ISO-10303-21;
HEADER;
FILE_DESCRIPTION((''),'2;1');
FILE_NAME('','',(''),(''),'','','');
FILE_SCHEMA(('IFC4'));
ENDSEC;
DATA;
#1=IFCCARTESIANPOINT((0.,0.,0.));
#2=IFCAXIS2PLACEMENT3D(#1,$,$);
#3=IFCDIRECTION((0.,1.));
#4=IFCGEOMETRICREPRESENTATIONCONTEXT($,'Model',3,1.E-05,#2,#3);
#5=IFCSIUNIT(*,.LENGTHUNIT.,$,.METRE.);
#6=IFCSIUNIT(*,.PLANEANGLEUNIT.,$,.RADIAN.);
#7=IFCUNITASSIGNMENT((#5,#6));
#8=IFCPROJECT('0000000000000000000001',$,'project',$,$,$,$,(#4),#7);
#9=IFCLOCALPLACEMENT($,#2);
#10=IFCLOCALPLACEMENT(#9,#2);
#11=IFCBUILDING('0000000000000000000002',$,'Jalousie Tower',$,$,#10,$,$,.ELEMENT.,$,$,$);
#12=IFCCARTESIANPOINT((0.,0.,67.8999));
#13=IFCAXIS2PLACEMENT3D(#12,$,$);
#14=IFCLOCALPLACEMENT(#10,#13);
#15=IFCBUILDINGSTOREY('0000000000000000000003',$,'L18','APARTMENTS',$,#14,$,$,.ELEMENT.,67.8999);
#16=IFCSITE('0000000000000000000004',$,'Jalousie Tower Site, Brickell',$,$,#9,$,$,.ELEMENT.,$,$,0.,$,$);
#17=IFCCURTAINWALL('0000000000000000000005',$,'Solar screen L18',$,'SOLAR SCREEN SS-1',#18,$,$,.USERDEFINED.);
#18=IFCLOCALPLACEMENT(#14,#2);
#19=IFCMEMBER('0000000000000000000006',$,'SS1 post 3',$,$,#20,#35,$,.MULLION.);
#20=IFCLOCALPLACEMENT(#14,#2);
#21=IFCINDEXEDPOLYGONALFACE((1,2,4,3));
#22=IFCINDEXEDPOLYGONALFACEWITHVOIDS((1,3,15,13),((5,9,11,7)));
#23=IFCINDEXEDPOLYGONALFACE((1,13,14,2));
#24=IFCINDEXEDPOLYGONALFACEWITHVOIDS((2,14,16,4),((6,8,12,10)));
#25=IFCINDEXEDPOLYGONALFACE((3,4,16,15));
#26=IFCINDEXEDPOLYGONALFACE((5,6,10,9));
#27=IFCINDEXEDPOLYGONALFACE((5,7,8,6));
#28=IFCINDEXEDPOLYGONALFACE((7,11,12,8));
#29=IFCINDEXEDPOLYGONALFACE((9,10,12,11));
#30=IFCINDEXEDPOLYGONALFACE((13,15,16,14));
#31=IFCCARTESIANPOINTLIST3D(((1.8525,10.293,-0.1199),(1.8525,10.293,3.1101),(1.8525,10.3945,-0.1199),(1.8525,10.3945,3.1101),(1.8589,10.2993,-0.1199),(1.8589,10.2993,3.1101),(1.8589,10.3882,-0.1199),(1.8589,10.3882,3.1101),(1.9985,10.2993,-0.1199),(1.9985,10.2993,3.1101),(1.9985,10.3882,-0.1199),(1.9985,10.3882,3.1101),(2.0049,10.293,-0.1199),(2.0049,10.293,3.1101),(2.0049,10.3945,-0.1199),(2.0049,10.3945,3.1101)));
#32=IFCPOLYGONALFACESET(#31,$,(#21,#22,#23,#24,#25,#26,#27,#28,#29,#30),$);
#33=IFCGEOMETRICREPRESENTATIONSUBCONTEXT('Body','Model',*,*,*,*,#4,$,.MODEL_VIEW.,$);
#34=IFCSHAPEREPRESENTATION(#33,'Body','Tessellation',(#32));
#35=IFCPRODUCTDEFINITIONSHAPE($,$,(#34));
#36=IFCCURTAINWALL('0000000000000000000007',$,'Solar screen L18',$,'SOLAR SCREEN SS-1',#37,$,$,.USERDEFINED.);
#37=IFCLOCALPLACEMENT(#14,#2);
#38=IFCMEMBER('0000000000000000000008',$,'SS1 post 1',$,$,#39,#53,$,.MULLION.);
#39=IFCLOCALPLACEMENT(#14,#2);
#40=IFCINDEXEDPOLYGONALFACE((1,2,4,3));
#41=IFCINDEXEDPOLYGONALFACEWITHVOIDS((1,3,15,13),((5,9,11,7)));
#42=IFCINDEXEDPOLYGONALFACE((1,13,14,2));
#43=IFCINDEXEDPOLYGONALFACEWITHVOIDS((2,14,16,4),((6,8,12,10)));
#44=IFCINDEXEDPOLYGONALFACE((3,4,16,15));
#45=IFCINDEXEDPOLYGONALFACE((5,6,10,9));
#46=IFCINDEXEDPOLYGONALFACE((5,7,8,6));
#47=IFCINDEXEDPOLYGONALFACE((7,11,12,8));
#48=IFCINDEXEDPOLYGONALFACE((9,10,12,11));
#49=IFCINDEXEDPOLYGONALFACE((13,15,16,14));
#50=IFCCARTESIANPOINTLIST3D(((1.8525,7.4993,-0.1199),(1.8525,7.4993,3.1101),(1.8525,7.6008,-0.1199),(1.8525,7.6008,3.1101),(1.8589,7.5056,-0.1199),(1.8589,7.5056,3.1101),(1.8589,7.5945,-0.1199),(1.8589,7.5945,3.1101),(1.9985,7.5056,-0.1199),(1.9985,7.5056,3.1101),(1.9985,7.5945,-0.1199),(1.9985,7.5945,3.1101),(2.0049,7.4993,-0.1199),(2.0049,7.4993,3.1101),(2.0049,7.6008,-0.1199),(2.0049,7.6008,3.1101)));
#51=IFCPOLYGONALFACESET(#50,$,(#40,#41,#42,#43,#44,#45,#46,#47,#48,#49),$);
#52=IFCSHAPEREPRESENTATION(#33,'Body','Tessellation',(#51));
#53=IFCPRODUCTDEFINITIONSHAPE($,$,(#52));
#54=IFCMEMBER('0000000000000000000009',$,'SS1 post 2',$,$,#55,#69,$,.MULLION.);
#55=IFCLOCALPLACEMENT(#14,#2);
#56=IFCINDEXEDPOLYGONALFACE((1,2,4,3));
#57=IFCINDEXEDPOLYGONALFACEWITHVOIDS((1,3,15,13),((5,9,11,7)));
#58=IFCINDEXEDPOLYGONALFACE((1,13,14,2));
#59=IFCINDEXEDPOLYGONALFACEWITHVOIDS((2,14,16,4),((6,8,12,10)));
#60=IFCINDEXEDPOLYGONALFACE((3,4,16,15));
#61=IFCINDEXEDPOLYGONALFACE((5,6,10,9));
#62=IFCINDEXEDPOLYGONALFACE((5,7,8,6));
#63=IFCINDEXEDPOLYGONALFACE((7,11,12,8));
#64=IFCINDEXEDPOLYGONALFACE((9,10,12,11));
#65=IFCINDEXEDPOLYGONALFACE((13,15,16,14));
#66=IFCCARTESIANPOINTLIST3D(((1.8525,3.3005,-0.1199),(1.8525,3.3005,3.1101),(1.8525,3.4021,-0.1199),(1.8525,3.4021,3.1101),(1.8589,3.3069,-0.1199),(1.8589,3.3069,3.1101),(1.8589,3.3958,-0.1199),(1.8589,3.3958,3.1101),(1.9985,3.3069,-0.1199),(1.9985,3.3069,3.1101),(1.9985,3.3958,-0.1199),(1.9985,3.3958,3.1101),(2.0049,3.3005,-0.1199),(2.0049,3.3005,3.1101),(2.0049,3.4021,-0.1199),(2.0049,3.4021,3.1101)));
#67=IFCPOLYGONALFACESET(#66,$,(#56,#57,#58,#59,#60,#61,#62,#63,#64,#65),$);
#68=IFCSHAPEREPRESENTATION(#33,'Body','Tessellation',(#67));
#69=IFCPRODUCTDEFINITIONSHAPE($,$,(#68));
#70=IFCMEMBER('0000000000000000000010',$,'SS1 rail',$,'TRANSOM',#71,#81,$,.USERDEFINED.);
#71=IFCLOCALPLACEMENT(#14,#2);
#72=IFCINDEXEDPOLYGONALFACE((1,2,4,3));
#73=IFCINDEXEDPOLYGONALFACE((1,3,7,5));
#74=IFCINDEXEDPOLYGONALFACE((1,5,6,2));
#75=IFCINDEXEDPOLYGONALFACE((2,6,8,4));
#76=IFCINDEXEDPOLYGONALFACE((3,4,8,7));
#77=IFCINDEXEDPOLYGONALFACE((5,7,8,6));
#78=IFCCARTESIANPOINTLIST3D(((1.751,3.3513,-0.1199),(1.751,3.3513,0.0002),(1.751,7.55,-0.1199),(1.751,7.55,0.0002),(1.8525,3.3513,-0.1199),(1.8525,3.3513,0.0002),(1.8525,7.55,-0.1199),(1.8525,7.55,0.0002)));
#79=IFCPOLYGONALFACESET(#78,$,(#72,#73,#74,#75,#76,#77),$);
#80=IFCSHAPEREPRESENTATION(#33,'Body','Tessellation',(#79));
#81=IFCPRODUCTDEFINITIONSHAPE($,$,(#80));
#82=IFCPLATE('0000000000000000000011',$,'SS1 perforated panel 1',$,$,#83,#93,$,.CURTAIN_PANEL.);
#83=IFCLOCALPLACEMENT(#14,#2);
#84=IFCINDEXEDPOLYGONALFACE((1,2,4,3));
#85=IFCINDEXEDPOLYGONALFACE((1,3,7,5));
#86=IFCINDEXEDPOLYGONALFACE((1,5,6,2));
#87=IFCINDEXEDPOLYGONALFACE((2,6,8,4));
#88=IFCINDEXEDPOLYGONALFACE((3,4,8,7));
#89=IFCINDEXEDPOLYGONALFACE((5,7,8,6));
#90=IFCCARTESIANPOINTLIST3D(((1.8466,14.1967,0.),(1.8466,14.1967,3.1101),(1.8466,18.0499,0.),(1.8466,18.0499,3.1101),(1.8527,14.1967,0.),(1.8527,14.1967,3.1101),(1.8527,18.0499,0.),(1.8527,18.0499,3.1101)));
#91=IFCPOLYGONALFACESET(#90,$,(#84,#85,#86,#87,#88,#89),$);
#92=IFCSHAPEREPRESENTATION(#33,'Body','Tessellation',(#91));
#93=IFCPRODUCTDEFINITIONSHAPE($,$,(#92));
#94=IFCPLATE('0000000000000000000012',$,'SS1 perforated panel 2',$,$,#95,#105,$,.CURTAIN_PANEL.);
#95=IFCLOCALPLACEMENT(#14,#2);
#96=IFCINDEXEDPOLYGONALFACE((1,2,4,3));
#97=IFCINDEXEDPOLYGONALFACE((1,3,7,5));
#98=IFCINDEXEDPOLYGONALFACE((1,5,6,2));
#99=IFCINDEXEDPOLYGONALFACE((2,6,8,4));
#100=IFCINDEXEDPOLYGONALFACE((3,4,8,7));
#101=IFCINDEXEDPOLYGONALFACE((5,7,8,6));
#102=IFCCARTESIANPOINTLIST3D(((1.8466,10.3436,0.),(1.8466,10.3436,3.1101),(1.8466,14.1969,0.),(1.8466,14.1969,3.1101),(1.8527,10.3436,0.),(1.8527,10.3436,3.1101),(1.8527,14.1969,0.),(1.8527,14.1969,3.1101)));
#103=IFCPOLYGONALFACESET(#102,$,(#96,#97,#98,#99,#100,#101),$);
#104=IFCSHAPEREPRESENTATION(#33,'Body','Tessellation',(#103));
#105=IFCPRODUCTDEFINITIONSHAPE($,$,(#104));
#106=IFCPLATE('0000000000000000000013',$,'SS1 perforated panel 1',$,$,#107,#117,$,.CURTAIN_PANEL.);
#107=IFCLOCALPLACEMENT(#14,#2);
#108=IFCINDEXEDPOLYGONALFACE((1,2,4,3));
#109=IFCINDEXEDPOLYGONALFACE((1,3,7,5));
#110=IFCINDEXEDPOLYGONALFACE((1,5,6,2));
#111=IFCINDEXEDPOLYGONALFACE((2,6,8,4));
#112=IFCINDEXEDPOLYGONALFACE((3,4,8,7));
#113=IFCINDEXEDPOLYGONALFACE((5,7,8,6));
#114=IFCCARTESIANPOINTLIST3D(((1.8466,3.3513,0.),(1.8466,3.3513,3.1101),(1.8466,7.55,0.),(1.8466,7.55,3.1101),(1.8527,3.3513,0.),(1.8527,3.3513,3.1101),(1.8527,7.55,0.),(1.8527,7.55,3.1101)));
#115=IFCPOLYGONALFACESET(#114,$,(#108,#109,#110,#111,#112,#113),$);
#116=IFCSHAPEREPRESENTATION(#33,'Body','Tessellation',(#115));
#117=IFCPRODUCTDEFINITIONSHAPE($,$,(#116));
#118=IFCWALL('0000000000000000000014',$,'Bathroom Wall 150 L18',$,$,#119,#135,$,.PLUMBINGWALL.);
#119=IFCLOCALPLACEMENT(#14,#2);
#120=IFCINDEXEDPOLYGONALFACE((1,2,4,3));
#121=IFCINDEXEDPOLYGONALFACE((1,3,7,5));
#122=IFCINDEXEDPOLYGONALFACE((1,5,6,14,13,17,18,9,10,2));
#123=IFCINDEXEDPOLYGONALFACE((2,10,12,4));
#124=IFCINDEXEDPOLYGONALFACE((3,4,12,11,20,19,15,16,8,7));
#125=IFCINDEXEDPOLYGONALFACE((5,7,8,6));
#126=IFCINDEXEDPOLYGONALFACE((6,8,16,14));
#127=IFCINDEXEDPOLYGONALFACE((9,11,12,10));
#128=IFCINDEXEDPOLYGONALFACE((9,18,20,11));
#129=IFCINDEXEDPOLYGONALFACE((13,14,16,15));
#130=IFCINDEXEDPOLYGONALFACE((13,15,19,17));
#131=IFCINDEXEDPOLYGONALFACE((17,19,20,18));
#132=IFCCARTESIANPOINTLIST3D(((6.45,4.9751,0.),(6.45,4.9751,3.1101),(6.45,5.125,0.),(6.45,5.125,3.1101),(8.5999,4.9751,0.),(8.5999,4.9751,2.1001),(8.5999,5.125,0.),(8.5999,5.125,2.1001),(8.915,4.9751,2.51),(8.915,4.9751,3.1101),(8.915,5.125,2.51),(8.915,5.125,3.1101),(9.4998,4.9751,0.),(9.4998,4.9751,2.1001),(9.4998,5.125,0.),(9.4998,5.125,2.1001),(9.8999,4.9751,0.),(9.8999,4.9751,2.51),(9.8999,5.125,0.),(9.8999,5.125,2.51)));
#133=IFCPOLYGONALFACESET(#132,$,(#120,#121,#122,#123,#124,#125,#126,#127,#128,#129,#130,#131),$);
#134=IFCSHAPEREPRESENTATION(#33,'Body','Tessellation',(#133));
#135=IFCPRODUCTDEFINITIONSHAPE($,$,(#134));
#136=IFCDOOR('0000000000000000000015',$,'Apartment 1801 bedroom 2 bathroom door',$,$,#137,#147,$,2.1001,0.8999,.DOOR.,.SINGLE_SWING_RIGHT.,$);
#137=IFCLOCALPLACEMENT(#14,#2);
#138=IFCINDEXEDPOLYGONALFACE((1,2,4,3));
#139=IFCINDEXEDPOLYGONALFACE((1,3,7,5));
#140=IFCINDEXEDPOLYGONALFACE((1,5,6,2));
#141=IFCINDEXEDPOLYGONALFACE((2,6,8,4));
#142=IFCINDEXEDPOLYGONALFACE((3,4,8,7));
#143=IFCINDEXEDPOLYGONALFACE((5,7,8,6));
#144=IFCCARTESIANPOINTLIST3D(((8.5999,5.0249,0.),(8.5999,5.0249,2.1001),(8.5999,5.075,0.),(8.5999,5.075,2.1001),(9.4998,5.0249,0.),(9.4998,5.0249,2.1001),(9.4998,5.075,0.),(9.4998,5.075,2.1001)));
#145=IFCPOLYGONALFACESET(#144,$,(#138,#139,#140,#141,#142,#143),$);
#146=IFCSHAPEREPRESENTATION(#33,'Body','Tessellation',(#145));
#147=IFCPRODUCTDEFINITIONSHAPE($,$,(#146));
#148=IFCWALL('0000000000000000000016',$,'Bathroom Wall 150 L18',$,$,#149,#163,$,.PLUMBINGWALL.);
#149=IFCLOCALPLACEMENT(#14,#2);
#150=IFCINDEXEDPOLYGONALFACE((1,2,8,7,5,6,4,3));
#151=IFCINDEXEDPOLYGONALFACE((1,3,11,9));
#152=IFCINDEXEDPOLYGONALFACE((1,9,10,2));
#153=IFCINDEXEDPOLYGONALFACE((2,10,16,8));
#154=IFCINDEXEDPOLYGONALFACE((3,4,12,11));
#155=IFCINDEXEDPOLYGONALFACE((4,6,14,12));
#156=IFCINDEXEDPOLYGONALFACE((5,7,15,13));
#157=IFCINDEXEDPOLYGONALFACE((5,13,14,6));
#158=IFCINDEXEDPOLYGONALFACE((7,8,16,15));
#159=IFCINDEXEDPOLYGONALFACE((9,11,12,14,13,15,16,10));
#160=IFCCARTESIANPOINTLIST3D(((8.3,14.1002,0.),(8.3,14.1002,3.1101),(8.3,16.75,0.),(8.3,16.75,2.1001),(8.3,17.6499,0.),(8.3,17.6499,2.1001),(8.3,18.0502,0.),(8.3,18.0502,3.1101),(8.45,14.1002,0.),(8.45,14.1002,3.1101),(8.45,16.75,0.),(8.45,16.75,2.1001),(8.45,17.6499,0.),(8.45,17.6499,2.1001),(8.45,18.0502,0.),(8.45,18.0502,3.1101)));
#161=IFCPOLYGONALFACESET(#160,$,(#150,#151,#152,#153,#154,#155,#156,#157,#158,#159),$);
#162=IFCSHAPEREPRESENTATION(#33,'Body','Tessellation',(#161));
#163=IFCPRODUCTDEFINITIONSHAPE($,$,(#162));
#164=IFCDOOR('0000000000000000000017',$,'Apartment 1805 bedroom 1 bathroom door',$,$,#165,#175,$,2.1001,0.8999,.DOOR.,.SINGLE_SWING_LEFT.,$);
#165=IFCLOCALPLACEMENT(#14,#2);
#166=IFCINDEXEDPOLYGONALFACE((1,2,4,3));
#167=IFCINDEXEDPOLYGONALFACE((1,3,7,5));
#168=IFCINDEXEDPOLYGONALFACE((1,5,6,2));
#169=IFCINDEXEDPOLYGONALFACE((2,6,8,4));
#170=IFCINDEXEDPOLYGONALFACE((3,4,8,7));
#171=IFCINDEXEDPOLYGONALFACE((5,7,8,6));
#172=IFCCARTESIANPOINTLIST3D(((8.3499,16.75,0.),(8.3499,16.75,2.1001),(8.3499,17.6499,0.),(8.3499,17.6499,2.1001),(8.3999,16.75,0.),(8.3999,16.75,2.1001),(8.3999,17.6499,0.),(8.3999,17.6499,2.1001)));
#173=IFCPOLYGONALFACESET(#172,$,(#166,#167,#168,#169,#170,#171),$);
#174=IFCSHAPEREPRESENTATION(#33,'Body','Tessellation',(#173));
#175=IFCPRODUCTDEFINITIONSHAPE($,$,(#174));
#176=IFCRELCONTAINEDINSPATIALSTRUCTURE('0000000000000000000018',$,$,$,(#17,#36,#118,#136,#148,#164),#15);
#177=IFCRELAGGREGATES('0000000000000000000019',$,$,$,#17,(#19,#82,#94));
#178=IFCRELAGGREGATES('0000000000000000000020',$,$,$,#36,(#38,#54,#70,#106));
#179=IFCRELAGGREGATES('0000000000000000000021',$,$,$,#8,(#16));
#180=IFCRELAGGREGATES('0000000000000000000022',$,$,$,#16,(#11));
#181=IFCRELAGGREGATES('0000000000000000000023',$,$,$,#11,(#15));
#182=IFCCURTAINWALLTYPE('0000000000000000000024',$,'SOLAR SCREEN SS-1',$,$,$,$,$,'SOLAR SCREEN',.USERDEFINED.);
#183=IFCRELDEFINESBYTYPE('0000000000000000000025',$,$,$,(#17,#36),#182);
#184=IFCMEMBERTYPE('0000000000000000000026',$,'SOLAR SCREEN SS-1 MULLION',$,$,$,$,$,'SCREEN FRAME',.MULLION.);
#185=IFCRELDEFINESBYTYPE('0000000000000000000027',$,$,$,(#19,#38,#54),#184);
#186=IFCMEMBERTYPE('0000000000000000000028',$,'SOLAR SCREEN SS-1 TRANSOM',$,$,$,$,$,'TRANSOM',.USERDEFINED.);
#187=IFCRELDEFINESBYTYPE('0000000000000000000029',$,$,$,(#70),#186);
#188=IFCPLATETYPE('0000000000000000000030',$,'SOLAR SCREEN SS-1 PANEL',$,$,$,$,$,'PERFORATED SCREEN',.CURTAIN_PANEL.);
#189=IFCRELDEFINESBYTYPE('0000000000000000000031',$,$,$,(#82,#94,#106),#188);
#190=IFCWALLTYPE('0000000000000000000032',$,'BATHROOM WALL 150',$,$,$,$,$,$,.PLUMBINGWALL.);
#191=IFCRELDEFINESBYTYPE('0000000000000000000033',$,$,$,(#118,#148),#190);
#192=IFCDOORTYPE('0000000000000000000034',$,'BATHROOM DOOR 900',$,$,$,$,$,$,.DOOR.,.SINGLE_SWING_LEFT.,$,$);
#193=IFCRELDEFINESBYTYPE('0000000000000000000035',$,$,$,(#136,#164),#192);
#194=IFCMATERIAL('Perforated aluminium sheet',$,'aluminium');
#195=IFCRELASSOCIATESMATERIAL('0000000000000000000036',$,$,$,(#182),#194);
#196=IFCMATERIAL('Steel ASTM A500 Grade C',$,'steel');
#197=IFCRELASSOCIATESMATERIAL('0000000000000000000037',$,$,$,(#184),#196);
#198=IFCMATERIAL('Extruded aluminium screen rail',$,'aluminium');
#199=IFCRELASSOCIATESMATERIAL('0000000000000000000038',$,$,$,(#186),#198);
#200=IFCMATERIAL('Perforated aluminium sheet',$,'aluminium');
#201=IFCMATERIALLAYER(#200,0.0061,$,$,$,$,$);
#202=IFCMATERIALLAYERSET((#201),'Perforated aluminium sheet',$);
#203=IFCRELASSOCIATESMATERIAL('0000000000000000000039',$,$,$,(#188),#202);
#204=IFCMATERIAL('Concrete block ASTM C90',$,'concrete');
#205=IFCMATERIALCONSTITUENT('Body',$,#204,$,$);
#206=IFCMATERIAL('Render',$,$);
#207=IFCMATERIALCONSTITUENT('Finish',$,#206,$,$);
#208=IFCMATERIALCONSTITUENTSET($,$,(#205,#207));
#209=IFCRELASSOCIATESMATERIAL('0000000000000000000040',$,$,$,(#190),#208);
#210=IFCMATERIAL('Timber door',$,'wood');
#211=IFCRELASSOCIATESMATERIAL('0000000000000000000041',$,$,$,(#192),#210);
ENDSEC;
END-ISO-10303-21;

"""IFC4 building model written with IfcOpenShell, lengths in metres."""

from ifc_helpers import new_model, si_unit, direction, frame, frame_2d, origin, origin_2d, place, context, subcontext, project, spatial, polyline, rectangle, hollow_rectangle, outline, extrude, material, layer, layer_set, constituent, constituent_set, material_profile, profile_set, type_object, element, fill, aggregate, save


model = new_model("IFC4")

# Units and contexts
model_context = context("Model", 3, precision=1e-05, world=origin(), true_north=direction((0.0, 1.0)))
body_context = subcontext(model_context, "Body", "Model", "MODEL_VIEW")
ifc_project = project(units=[si_unit("LENGTHUNIT", "METRE"), si_unit("PLANEANGLEUNIT", "RADIAN")], contexts=[model_context])

# Site, building, storey
site_placement = place(None, origin())
site = spatial("IfcSite", under=ifc_project, at=site_placement, Name="Jalousie Tower Site, Brickell", CompositionType="ELEMENT", RefElevation=0.0)
building_placement = place(site_placement, origin())
building = spatial("IfcBuilding", under=site, at=building_placement, Name="Jalousie Tower", CompositionType="ELEMENT")
storey_placement = place(building_placement, frame((0.0, 0.0, 67.8999)))
storey = spatial("IfcBuildingStorey", under=building, at=storey_placement, Name="L18", Description="APARTMENTS", CompositionType="ELEMENT", Elevation=67.8999)

# Curtain walls, members
ifc_material_1 = material(Name="Perforated aluminium sheet", Category="aluminium")
curtain_wall_type_1 = type_object("IfcCurtainWallType", Name="SOLAR SCREEN SS-1", ElementType="SOLAR SCREEN", PredefinedType="USERDEFINED", material=ifc_material_1)
curtain_wall_1_placement = place(storey_placement, origin())
curtain_wall_1 = element("IfcCurtainWall", 1, at=curtain_wall_1_placement, inside=storey, type_object=curtain_wall_type_1, Name="Solar screen L18", ObjectType="SOLAR SCREEN SS-1", PredefinedType="USERDEFINED")
ifc_material_2 = material(Name="Steel ASTM A500 Grade C", Category="steel")
ifc_material_profile_1 = material_profile(ifc_material_2, hollow_rectangle(XDim=0.1016, YDim=0.1523, WallThickness=0.0063, at=origin_2d()), Name="HSS6X4X1/4")
ifc_profile_set_1 = profile_set([ifc_material_profile_1], Name="Steel ASTM A500 Grade C")
member_type_1 = type_object("IfcMemberType", Name="SOLAR SCREEN SS-1 MULLION", ElementType="SCREEN FRAME", PredefinedType="MULLION", material=ifc_profile_set_1)
member_1_placement = place(storey_placement, frame((1.9287, 10.3438, -0.1199), z_axis=(0.0, 0.0, 1.0), x_axis=(0.0, -1.0, 0.0)))
member_1 = element("IfcMember", 2, at=member_1_placement, type_object=member_type_1, Name="SS1 post 3", PredefinedType="MULLION", context=body_context, shape_type="SweptSolid", body=[
    extrude(hollow_rectangle(XDim=0.1016, YDim=0.1523, WallThickness=0.0063, at=origin_2d()), origin(), (0.0, 0.0, 1.0), 3.23),
])
curtain_wall_2_placement = place(storey_placement, origin())
curtain_wall_2 = element("IfcCurtainWall", 3, at=curtain_wall_2_placement, inside=storey, type_object=curtain_wall_type_1, Name="Solar screen L18", ObjectType="SOLAR SCREEN SS-1", PredefinedType="USERDEFINED")
member_2_placement = place(storey_placement, frame((1.9287, 7.55, -0.1199), z_axis=(0.0, 0.0, 1.0), x_axis=(0.0, -1.0, 0.0)))
member_2 = element("IfcMember", 4, at=member_2_placement, type_object=member_type_1, Name="SS1 post 1", PredefinedType="MULLION", context=body_context, shape_type="SweptSolid", body=[
    extrude(hollow_rectangle(XDim=0.1016, YDim=0.1523, WallThickness=0.0063, at=origin_2d()), origin(), (0.0, 0.0, 1.0), 3.23),
])
member_3_placement = place(storey_placement, frame((1.9287, 3.3513, -0.1199), z_axis=(0.0, 0.0, 1.0), x_axis=(0.0, -1.0, 0.0)))
member_3 = element("IfcMember", 5, at=member_3_placement, type_object=member_type_1, Name="SS1 post 2", PredefinedType="MULLION", context=body_context, shape_type="SweptSolid", body=[
    extrude(hollow_rectangle(XDim=0.1016, YDim=0.1523, WallThickness=0.0063, at=origin_2d()), origin(), (0.0, 0.0, 1.0), 3.23),
])
ifc_material_3 = material(Name="Extruded aluminium screen rail", Category="aluminium")
ifc_material_profile_2 = material_profile(ifc_material_3, rectangle(XDim=0.1016, YDim=0.1201, at=origin_2d()), Name="RAIL 102x120")
ifc_profile_set_2 = profile_set([ifc_material_profile_2], Name="Extruded aluminium screen rail")
member_type_2 = type_object("IfcMemberType", Name="SOLAR SCREEN SS-1 TRANSOM", ElementType="TRANSOM", PredefinedType="USERDEFINED", material=ifc_profile_set_2)
member_4_placement = place(storey_placement, frame((1.8018, 7.55, -0.0598), z_axis=(0.0, -1.0, 0.0), x_axis=(1.0, 0.0, 0.0)))
member_4 = element("IfcMember", 6, at=member_4_placement, type_object=member_type_2, Name="SS1 rail", ObjectType="TRANSOM", PredefinedType="USERDEFINED", context=body_context, shape_type="SweptSolid", body=[
    extrude(rectangle(XDim=0.1016, YDim=0.1201, at=origin_2d()), origin(), (0.0, 0.0, 1.0), 4.1987),
])

# Plates
ifc_material_4 = material(Name="Perforated aluminium sheet", Category="aluminium")
ifc_layer_1 = layer(ifc_material_4, 0.0061)
ifc_layer_set_1 = layer_set([ifc_layer_1], Name="Perforated aluminium sheet")
plate_type = type_object("IfcPlateType", Name="SOLAR SCREEN SS-1 PANEL", ElementType="PERFORATED SCREEN", PredefinedType="CURTAIN_PANEL", material=ifc_layer_set_1)
plate_1_placement = place(storey_placement, frame((1.8496, 16.1233, 0.0), z_axis=(0.0, 0.0, 1.0), x_axis=(0.0, -1.0, 0.0)))
plate_1 = element("IfcPlate", 7, at=plate_1_placement, type_object=plate_type, Name="SS1 perforated panel 1", PredefinedType="CURTAIN_PANEL", context=body_context, shape_type="SweptSolid", body=[
    extrude(rectangle(XDim=3.8533, YDim=0.0061, at=origin_2d()), origin(), (0.0, 0.0, 1.0), 3.1101),
])
plate_2_placement = place(storey_placement, frame((1.8496, 12.2703, 0.0), z_axis=(0.0, 0.0, 1.0), x_axis=(0.0, -1.0, 0.0)))
plate_2 = element("IfcPlate", 8, at=plate_2_placement, type_object=plate_type, Name="SS1 perforated panel 2", PredefinedType="CURTAIN_PANEL", context=body_context, shape_type="SweptSolid", body=[
    extrude(rectangle(XDim=3.8533, YDim=0.0061, at=origin_2d()), origin(), (0.0, 0.0, 1.0), 3.1101),
])
aggregate(curtain_wall_1, [member_1, plate_1, plate_2])
plate_3_placement = place(storey_placement, frame((1.8496, 5.4507, 0.0), z_axis=(0.0, 0.0, 1.0), x_axis=(0.0, -1.0, 0.0)))
plate_3 = element("IfcPlate", 9, at=plate_3_placement, type_object=plate_type, Name="SS1 perforated panel 1", PredefinedType="CURTAIN_PANEL", context=body_context, shape_type="SweptSolid", body=[
    extrude(rectangle(XDim=4.1987, YDim=0.0061, at=origin_2d()), origin(), (0.0, 0.0, 1.0), 3.1101),
])
aggregate(curtain_wall_2, [member_2, member_3, member_4, plate_3])

# Walls, openings, doors
ifc_material_5 = material(Name="Concrete block ASTM C90", Category="concrete")
ifc_constituent_1 = constituent(ifc_material_5, Name="Body")
ifc_material_6 = material(Name="Render")
ifc_constituent_2 = constituent(ifc_material_6, Name="Finish")
ifc_constituent_set_1 = constituent_set(constituents=[ifc_constituent_1, ifc_constituent_2])
wall_type_1 = type_object("IfcWallType", Name="BATHROOM WALL 150", PredefinedType="PLUMBINGWALL", material=ifc_constituent_set_1)
wall_1_placement = place(storey_placement, frame((6.45, 5.05, 0.0), z_axis=(0.0, 0.0, 1.0), x_axis=(1.0, 0.0, 0.0)))
wall_1 = element("IfcWall", 10, at=wall_1_placement, inside=storey, type_object=wall_type_1, Name="Bathroom Wall 150 L18", PredefinedType="PLUMBINGWALL", context=body_context, shape_type="SweptSolid", body=[
    extrude(outline(polyline([(0.0, 0.0), (3.45, 0.0), (3.45, 3.1101), (3.45, 2.51), (2.4651, 2.51), (2.4651, 3.1101), (0.0, 3.1101), (0.0, 0.0)])), frame((0.0, 0.075, 0.0), z_axis=(0.0, -1.0, 0.0), x_axis=(1.0, 0.0, 0.0)), (0.0, 0.0, 1.0), 0.1499),
])
opening_1_placement = place(wall_1_placement, frame((2.1499, 0.0, 0.0)))
opening_1 = element("IfcOpeningElement", 11, at=opening_1_placement, cuts=wall_1, PredefinedType="OPENING", context=body_context, shape_type="SweptSolid", body=[
    extrude(rectangle(XDim=0.8999, YDim=2.1001, at=frame_2d((0.45, 1.05))), frame((0.0, 0.085, 0.0), z_axis=(0.0, -1.0, 0.0), x_axis=(1.0, 0.0, 0.0)), (0.0, 0.0, 1.0), 0.1699),
])
ifc_material_7 = material(Name="Timber door", Category="wood")
door_type_1 = type_object("IfcDoorType", Name="BATHROOM DOOR 900", OperationType="SINGLE_SWING_LEFT", PredefinedType="DOOR", material=ifc_material_7)
door_1_placement = place(opening_1_placement, origin())
door_1 = element("IfcDoor", 12, at=door_1_placement, inside=storey, type_object=door_type_1, Name="Apartment 1801 bedroom 2 bathroom door", OperationType="SINGLE_SWING_RIGHT", OverallHeight=2.1001, OverallWidth=0.8999, PredefinedType="DOOR", context=body_context, shape_type="SweptSolid", body=[
    extrude(rectangle(XDim=0.8999, YDim=2.1001, at=frame_2d((0.45, 1.05))), frame((0.0, 0.0249, 0.0), z_axis=(0.0, -1.0, 0.0), x_axis=(1.0, 0.0, 0.0)), (0.0, 0.0, 1.0), 0.05),
])
fill(opening_1, door_1)
wall_2_placement = place(storey_placement, frame((8.375, 14.1001, 0.0), z_axis=(0.0, 0.0, 1.0), x_axis=(0.0, 1.0, 0.0)))
wall_2 = element("IfcWall", 13, at=wall_2_placement, inside=storey, type_object=wall_type_1, Name="Bathroom Wall 150 L18", PredefinedType="PLUMBINGWALL", context=body_context, shape_type="SweptSolid", body=[
    extrude(rectangle(XDim=3.95, YDim=0.1499, at=frame_2d((1.9751, 0.0))), origin(), (0.0, 0.0, 1.0), 3.1101),
])
opening_2_placement = place(wall_2_placement, frame((2.6499, 0.0, 0.0)))
opening_2 = element("IfcOpeningElement", 14, at=opening_2_placement, cuts=wall_2, PredefinedType="OPENING", context=body_context, shape_type="SweptSolid", body=[
    extrude(rectangle(XDim=0.8999, YDim=2.1001, at=frame_2d((0.45, 1.05))), frame((0.0, 0.085, 0.0), z_axis=(0.0, -1.0, 0.0), x_axis=(1.0, 0.0, 0.0)), (0.0, 0.0, 1.0), 0.1699),
])
door_2_placement = place(opening_2_placement, frame((0.8999, 0.0, 0.0), z_axis=(0.0, 0.0, 1.0), x_axis=(-1.0, 0.0, 0.0)))
door_2 = element("IfcDoor", 15, at=door_2_placement, inside=storey, type_object=door_type_1, Name="Apartment 1805 bedroom 1 bathroom door", OperationType="SINGLE_SWING_LEFT", OverallHeight=2.1001, OverallWidth=0.8999, PredefinedType="DOOR", context=body_context, shape_type="SweptSolid", body=[
    extrude(rectangle(XDim=0.8999, YDim=2.1001, at=frame_2d((0.45, 1.05))), frame((0.0, 0.0249, 0.0), z_axis=(0.0, -1.0, 0.0), x_axis=(1.0, 0.0, 0.0)), (0.0, 0.0, 1.0), 0.05),
])
fill(opening_2, door_2)

save(model, "model.ifc")
